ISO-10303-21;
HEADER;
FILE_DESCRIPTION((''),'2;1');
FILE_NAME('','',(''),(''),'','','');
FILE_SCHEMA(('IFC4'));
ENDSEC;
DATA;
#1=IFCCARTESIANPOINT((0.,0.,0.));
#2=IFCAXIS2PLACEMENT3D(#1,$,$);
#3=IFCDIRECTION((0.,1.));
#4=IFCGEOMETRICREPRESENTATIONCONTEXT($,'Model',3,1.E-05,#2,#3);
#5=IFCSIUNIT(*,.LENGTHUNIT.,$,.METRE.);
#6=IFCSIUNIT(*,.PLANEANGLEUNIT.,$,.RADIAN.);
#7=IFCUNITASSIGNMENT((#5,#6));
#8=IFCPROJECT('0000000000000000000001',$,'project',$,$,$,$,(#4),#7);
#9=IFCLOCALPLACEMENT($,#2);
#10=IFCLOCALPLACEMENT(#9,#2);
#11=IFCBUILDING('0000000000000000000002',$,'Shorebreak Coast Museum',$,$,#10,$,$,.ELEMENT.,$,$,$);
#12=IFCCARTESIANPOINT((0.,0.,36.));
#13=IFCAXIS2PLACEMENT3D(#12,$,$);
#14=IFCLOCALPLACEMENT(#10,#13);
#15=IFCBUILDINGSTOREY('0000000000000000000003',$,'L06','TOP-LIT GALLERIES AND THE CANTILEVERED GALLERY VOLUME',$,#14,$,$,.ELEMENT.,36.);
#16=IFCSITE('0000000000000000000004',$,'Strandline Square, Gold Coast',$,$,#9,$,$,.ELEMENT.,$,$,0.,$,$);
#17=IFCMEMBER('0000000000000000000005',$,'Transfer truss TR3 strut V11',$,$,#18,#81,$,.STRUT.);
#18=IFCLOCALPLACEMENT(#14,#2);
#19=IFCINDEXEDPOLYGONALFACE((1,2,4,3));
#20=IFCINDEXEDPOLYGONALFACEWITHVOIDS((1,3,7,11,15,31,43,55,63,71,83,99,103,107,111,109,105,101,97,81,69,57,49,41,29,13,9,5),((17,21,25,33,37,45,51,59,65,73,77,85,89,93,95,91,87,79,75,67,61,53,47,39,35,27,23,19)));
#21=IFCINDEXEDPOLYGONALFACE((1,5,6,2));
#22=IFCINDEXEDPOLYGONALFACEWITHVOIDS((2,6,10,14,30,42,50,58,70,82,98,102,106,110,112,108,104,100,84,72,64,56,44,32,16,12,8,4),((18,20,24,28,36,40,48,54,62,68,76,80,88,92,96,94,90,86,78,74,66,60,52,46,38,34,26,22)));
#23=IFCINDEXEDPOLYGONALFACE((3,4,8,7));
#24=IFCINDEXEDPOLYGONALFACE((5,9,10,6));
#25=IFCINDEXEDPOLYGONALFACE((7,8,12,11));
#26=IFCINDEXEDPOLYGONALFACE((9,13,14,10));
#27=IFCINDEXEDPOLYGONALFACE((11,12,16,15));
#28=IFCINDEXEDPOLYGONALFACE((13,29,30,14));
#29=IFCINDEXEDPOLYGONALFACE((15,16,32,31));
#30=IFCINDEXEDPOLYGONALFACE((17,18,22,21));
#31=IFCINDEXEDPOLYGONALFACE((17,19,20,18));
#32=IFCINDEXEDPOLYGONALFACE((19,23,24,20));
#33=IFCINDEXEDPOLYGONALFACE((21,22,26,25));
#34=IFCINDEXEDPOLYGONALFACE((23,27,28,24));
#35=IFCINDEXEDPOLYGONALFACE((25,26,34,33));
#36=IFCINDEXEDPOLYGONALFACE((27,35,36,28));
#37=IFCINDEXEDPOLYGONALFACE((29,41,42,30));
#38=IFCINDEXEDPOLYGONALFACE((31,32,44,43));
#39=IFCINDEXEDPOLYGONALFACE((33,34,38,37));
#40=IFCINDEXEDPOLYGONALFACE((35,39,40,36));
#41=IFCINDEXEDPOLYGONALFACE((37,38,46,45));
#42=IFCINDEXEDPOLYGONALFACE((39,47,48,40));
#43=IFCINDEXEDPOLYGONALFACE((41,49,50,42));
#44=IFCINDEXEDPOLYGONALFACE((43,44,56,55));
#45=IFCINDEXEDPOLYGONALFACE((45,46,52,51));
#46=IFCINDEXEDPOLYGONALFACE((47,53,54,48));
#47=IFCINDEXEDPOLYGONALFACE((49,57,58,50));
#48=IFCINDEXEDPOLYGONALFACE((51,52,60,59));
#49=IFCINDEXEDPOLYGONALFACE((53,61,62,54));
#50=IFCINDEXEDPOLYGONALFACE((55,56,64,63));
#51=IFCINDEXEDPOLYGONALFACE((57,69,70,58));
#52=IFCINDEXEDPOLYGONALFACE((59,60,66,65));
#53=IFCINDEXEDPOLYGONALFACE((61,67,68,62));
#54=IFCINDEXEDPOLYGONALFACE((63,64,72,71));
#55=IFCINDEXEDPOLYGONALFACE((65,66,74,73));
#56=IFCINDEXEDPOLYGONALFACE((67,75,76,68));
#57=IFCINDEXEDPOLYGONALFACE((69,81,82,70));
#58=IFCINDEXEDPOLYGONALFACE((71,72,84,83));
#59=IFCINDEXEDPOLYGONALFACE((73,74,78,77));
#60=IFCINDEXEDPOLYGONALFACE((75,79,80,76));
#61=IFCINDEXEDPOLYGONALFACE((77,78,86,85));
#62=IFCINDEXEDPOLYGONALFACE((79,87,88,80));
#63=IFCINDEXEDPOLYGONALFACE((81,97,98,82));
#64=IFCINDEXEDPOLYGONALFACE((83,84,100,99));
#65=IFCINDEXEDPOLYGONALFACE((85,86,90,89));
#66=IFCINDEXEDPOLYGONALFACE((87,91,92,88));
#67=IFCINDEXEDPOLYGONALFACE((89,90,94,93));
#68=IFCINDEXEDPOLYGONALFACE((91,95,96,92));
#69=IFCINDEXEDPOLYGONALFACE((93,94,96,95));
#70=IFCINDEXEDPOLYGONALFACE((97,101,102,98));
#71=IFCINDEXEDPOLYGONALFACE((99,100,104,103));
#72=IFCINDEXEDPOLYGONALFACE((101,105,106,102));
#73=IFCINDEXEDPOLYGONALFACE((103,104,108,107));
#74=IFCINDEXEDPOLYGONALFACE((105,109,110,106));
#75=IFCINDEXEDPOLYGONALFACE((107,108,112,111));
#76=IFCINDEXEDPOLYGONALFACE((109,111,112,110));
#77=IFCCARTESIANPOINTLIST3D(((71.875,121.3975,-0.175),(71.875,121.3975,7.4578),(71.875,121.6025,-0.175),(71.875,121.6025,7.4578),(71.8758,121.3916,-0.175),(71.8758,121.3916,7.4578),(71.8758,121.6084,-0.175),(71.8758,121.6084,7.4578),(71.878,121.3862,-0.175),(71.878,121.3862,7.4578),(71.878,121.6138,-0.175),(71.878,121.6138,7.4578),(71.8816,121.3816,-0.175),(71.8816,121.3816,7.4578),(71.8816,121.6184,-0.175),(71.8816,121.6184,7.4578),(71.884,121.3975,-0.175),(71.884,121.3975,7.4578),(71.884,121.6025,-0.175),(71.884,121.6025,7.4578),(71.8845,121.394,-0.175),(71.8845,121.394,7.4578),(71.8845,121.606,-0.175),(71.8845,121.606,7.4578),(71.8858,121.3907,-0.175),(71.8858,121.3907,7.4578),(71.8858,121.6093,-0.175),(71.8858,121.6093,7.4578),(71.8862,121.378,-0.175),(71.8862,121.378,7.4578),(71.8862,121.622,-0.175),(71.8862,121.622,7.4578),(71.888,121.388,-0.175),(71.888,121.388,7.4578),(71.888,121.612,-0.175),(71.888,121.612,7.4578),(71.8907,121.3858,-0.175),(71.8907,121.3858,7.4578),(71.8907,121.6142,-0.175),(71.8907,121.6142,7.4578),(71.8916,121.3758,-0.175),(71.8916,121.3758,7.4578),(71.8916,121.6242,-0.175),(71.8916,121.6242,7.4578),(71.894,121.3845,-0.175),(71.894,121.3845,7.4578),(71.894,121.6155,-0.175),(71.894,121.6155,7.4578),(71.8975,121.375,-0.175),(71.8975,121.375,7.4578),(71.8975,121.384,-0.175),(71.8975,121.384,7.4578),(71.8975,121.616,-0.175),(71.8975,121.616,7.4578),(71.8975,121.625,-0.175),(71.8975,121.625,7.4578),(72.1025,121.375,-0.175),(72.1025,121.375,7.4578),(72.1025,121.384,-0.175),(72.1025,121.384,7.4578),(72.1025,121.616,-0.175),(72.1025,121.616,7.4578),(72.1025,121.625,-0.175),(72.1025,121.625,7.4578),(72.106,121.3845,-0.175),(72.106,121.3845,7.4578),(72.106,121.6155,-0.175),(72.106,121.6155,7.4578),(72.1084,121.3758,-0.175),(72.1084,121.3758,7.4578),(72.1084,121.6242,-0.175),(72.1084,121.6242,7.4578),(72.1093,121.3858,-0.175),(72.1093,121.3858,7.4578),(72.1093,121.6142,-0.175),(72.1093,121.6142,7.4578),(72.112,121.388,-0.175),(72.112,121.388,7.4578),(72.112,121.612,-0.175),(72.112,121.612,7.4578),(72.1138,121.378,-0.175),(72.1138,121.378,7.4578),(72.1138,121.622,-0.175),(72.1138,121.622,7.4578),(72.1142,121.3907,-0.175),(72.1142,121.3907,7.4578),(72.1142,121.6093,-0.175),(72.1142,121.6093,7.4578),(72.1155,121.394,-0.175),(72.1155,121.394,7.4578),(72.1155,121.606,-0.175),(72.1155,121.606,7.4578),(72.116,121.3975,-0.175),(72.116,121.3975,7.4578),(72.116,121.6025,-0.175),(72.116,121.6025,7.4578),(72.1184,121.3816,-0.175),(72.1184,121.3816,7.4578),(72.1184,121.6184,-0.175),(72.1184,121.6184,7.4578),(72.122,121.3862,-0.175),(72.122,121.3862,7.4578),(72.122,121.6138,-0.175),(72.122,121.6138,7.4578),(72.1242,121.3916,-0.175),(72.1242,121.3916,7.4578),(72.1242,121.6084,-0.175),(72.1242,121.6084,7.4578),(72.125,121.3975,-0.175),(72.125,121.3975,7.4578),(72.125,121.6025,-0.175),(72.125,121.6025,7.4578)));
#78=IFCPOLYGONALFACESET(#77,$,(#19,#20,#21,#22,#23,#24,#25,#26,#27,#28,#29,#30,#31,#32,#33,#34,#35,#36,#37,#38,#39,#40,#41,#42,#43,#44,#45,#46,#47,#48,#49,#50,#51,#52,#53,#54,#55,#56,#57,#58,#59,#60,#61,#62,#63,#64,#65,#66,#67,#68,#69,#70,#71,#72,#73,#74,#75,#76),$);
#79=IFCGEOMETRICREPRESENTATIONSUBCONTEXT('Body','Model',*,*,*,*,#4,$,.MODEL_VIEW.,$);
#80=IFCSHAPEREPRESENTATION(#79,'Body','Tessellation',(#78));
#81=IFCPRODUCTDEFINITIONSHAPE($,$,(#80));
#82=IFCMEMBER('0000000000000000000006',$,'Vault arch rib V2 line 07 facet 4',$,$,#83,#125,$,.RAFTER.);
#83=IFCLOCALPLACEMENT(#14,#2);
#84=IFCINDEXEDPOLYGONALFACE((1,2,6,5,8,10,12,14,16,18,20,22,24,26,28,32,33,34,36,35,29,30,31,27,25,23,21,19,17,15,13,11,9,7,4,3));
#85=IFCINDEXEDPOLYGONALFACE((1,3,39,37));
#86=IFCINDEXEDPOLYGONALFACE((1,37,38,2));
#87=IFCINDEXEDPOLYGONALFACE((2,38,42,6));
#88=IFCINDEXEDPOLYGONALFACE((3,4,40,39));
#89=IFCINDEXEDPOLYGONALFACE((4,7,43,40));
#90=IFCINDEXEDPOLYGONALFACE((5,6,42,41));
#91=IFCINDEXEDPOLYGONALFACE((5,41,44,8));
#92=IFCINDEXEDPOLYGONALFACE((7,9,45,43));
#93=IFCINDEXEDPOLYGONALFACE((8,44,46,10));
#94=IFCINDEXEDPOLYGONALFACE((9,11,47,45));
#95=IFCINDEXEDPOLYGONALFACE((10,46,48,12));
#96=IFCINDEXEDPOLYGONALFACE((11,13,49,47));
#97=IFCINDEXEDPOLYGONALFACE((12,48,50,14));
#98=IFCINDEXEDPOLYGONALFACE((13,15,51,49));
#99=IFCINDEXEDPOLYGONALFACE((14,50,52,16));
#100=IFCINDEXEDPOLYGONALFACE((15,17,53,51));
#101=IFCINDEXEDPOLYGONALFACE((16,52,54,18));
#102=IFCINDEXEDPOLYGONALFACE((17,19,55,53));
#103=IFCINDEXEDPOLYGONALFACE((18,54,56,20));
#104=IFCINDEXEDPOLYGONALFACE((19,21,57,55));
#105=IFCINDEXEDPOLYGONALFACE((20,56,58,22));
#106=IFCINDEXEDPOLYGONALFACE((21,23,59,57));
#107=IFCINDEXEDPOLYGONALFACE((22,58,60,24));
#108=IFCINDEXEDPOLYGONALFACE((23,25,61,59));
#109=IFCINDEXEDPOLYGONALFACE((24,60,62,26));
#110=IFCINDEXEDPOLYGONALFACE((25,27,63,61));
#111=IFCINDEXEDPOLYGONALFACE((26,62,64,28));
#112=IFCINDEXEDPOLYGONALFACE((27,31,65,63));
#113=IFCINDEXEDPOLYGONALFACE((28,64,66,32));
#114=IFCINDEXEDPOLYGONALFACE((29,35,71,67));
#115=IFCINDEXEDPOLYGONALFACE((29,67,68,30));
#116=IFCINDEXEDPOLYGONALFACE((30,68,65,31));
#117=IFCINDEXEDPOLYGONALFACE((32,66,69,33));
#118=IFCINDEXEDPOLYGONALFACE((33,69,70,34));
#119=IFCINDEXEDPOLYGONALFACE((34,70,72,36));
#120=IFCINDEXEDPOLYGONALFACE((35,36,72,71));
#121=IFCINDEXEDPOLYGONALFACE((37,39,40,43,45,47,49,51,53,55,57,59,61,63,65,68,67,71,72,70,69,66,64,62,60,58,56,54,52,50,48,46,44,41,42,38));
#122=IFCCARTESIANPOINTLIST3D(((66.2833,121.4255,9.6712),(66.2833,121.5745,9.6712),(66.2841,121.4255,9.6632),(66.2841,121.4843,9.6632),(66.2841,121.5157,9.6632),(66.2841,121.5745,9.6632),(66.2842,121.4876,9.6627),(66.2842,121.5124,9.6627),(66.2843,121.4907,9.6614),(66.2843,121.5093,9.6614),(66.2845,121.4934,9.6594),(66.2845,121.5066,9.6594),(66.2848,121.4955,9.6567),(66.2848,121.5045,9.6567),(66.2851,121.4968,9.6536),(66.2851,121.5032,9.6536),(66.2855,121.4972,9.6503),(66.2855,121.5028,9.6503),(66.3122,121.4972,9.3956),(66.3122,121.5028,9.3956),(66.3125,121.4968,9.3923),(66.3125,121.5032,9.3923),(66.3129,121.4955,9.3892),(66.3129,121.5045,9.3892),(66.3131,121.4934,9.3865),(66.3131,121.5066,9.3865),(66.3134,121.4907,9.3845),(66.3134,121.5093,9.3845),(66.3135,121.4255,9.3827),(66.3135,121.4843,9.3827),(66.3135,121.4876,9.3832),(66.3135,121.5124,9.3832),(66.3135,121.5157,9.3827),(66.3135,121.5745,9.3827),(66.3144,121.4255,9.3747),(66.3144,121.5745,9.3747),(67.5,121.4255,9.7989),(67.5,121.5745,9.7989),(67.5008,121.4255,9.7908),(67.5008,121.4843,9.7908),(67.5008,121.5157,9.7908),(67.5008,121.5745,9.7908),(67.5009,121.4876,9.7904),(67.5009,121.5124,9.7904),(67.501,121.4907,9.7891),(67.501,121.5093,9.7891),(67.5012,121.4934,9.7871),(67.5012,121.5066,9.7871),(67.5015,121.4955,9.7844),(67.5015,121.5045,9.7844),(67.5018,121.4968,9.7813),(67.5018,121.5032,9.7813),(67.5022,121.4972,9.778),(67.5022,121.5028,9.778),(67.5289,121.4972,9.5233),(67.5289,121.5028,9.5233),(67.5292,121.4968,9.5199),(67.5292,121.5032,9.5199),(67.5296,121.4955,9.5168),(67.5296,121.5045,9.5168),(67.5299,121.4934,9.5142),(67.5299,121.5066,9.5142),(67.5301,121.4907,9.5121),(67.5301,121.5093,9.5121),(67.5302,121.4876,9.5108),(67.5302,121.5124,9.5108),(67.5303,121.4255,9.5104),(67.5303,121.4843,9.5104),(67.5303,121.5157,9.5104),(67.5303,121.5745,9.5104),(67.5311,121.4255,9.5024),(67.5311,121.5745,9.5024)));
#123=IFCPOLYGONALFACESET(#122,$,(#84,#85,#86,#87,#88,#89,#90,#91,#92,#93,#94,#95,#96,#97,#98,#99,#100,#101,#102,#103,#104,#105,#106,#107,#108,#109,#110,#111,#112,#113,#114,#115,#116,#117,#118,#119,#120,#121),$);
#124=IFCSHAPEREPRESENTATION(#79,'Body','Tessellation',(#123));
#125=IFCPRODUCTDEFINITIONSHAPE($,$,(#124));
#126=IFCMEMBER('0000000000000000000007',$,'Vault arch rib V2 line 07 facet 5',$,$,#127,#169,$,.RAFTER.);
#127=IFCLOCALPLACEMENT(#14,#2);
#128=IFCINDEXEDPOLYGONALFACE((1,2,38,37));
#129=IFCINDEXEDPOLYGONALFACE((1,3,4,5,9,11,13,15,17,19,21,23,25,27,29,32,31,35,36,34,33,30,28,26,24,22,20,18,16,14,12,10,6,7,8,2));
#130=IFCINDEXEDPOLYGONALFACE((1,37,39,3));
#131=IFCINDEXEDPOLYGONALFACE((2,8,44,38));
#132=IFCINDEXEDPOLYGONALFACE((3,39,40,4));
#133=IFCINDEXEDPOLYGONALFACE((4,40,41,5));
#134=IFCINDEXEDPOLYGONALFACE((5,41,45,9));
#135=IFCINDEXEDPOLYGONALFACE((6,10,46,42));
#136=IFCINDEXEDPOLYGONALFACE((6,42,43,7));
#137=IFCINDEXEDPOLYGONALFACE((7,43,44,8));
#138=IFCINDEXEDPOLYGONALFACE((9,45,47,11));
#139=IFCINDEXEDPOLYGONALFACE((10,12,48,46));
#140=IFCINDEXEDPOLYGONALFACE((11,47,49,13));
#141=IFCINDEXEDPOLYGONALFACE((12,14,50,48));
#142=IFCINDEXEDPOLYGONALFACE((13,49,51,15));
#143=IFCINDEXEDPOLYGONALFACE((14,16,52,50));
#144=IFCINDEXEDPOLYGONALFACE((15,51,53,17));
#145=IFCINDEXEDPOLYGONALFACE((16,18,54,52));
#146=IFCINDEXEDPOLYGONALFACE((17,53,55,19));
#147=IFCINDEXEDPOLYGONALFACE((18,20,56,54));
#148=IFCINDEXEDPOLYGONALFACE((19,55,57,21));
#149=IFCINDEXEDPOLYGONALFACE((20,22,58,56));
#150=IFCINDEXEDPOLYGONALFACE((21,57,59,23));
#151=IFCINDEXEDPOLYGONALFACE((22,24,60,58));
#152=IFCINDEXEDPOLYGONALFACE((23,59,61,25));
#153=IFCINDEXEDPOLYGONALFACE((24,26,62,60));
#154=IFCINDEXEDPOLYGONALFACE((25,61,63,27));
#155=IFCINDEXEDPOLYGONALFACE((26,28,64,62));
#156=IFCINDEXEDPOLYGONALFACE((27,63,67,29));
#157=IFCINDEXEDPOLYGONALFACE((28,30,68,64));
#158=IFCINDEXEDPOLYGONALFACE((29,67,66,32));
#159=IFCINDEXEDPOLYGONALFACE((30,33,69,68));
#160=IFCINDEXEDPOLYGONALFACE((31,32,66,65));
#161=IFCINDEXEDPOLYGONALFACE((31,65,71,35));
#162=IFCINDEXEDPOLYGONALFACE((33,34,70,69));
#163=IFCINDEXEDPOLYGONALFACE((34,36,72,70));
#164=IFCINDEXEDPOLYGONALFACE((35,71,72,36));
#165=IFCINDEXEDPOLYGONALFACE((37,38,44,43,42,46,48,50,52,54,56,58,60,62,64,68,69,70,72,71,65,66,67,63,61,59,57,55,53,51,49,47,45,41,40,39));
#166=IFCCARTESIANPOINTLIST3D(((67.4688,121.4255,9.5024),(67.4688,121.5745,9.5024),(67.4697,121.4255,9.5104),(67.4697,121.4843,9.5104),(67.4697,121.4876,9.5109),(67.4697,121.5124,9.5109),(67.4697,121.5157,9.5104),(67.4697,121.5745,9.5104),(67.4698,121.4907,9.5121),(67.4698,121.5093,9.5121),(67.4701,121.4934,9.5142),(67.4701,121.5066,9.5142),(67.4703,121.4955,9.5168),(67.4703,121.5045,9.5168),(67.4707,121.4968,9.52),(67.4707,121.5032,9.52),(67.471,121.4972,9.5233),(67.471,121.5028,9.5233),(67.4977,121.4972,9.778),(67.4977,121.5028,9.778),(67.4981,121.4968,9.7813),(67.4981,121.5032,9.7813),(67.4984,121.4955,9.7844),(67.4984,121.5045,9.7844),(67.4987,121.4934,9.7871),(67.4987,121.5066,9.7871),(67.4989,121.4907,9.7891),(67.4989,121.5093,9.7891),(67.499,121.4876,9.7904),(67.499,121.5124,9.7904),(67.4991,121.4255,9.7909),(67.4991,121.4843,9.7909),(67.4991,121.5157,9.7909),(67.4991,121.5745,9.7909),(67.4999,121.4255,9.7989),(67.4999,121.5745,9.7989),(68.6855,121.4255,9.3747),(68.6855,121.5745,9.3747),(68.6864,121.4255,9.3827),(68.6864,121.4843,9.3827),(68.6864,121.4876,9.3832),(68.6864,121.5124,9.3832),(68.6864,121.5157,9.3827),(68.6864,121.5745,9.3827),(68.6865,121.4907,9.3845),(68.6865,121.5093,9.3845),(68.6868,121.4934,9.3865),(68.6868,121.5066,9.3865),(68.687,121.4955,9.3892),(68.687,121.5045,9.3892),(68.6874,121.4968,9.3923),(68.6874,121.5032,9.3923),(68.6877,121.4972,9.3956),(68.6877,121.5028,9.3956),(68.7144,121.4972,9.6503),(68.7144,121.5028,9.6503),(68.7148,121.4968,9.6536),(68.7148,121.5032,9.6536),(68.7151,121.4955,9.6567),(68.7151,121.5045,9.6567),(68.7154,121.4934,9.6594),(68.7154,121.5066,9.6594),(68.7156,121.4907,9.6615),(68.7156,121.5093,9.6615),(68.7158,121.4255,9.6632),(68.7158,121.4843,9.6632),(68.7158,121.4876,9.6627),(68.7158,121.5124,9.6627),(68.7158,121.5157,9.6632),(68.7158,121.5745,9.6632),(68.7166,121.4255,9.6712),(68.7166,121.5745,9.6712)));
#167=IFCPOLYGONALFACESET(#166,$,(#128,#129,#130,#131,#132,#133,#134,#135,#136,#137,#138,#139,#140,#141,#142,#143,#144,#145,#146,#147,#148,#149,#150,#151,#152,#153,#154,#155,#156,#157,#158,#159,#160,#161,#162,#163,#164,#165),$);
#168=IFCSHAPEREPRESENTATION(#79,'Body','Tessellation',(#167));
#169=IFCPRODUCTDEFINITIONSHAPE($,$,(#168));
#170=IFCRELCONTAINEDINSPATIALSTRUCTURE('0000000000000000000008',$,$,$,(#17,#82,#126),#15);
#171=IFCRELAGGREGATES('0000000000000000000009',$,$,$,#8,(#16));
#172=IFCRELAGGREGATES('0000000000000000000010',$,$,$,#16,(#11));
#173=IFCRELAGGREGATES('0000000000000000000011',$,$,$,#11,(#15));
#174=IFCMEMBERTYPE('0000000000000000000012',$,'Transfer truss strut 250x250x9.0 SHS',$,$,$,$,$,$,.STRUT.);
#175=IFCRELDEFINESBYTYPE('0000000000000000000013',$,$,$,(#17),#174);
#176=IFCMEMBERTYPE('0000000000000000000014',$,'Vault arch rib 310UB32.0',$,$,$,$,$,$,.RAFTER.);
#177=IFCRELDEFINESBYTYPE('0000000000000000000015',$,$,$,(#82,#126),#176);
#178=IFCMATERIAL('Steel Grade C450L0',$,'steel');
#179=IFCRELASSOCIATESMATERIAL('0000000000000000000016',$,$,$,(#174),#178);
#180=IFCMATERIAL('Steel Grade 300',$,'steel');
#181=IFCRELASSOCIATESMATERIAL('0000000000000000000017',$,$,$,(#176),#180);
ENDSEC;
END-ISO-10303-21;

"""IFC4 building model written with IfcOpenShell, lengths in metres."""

from ifc_helpers import new_model, si_unit, direction, frame, origin, origin_2d, place, context, subcontext, project, spatial, hollow_rectangle, i_section, extrude, material, material_profile, profile_set, type_object, element, save


model = new_model("IFC4")

# Units and contexts
model_context = context("Model", 3, precision=1e-05, world=origin(), true_north=direction((0.0, 1.0)))
body_context = subcontext(model_context, "Body", "Model", "MODEL_VIEW")
ifc_project = project(units=[si_unit("LENGTHUNIT", "METRE"), si_unit("PLANEANGLEUNIT", "RADIAN")], contexts=[model_context])

# Site, building, storey
site_placement = place(None, origin())
site = spatial("IfcSite", under=ifc_project, at=site_placement, Name="Strandline Square, Gold Coast", CompositionType="ELEMENT", RefElevation=0.0)
building_placement = place(site_placement, origin())
building = spatial("IfcBuilding", under=site, at=building_placement, Name="Shorebreak Coast Museum", CompositionType="ELEMENT")
storey_placement = place(building_placement, frame((0.0, 0.0, 36.0)))
storey = spatial("IfcBuildingStorey", under=building, at=storey_placement, Name="L06", Description="TOP-LIT GALLERIES AND THE CANTILEVERED GALLERY VOLUME", CompositionType="ELEMENT", Elevation=36.0)

# Members
ifc_material_1 = material(Name="Steel Grade C450L0", Category="steel")
ifc_material_profile_1 = material_profile(ifc_material_1, hollow_rectangle(XDim=0.25, YDim=0.25, WallThickness=0.009, InnerFilletRadius=0.0134, OuterFilletRadius=0.0225, at=origin_2d()), Name="250x250x9.0 SHS")
ifc_profile_set_1 = profile_set([ifc_material_profile_1], Name="Steel Grade C450L0")
member_type_1 = type_object("IfcMemberType", Name="Transfer truss strut 250x250x9.0 SHS", PredefinedType="STRUT", material=ifc_profile_set_1)
member_1_placement = place(storey_placement, frame((72.0, 121.5, -0.175), z_axis=(0.0, 0.0, 1.0), x_axis=(1.0, 0.0, 0.0)))
element("IfcMember", 1, at=member_1_placement, inside=storey, type_object=member_type_1, Name="Transfer truss TR3 strut V11", PredefinedType="STRUT", context=body_context, shape_type="SweptSolid", body=[
    extrude(hollow_rectangle(XDim=0.25, YDim=0.25, WallThickness=0.009, InnerFilletRadius=0.0134, OuterFilletRadius=0.0225, at=origin_2d()), origin(), (0.0, 0.0, 1.0), 7.6328),
])
ifc_material_2 = material(Name="Steel Grade 300", Category="steel")
ifc_material_profile_2 = material_profile(ifc_material_2, i_section(OverallWidth=0.1489, OverallDepth=0.2981, WebThickness=0.0056, FlangeThickness=0.0081, FilletRadius=0.0129, at=origin_2d()), Name="310UB32.0")
ifc_profile_set_2 = profile_set([ifc_material_profile_2], Name="Steel Grade 300")
member_type_2 = type_object("IfcMemberType", Name="Vault arch rib 310UB32.0", PredefinedType="RAFTER", material=ifc_profile_set_2)
for number, where, z_axis, x_axis, name in (
    (2, (66.2988, 121.5, 9.5229), (0.994539, 0.0, 0.104363), (0.0, 1.0, 0.0), "Vault arch rib V2 line 07 facet 4"),
    (3, (67.4844, 121.5, 9.6506), (0.994539, 0.0, -0.104363), (0.0, 1.0, 0.0), "Vault arch rib V2 line 07 facet 5"),
):
    element("IfcMember", number, at=place(storey_placement, frame(where, z_axis=z_axis, x_axis=x_axis)), inside=storey, type_object=member_type_2, Name=name, PredefinedType="RAFTER", context=body_context, shape_type="SweptSolid", body=[
        extrude(i_section(OverallWidth=0.1489, OverallDepth=0.2981, WebThickness=0.0056, FlangeThickness=0.0081, FilletRadius=0.0129, at=origin_2d()), origin(), (0.0, 0.0, 1.0), 1.2234),
    ])

save(model, "model.ifc")
